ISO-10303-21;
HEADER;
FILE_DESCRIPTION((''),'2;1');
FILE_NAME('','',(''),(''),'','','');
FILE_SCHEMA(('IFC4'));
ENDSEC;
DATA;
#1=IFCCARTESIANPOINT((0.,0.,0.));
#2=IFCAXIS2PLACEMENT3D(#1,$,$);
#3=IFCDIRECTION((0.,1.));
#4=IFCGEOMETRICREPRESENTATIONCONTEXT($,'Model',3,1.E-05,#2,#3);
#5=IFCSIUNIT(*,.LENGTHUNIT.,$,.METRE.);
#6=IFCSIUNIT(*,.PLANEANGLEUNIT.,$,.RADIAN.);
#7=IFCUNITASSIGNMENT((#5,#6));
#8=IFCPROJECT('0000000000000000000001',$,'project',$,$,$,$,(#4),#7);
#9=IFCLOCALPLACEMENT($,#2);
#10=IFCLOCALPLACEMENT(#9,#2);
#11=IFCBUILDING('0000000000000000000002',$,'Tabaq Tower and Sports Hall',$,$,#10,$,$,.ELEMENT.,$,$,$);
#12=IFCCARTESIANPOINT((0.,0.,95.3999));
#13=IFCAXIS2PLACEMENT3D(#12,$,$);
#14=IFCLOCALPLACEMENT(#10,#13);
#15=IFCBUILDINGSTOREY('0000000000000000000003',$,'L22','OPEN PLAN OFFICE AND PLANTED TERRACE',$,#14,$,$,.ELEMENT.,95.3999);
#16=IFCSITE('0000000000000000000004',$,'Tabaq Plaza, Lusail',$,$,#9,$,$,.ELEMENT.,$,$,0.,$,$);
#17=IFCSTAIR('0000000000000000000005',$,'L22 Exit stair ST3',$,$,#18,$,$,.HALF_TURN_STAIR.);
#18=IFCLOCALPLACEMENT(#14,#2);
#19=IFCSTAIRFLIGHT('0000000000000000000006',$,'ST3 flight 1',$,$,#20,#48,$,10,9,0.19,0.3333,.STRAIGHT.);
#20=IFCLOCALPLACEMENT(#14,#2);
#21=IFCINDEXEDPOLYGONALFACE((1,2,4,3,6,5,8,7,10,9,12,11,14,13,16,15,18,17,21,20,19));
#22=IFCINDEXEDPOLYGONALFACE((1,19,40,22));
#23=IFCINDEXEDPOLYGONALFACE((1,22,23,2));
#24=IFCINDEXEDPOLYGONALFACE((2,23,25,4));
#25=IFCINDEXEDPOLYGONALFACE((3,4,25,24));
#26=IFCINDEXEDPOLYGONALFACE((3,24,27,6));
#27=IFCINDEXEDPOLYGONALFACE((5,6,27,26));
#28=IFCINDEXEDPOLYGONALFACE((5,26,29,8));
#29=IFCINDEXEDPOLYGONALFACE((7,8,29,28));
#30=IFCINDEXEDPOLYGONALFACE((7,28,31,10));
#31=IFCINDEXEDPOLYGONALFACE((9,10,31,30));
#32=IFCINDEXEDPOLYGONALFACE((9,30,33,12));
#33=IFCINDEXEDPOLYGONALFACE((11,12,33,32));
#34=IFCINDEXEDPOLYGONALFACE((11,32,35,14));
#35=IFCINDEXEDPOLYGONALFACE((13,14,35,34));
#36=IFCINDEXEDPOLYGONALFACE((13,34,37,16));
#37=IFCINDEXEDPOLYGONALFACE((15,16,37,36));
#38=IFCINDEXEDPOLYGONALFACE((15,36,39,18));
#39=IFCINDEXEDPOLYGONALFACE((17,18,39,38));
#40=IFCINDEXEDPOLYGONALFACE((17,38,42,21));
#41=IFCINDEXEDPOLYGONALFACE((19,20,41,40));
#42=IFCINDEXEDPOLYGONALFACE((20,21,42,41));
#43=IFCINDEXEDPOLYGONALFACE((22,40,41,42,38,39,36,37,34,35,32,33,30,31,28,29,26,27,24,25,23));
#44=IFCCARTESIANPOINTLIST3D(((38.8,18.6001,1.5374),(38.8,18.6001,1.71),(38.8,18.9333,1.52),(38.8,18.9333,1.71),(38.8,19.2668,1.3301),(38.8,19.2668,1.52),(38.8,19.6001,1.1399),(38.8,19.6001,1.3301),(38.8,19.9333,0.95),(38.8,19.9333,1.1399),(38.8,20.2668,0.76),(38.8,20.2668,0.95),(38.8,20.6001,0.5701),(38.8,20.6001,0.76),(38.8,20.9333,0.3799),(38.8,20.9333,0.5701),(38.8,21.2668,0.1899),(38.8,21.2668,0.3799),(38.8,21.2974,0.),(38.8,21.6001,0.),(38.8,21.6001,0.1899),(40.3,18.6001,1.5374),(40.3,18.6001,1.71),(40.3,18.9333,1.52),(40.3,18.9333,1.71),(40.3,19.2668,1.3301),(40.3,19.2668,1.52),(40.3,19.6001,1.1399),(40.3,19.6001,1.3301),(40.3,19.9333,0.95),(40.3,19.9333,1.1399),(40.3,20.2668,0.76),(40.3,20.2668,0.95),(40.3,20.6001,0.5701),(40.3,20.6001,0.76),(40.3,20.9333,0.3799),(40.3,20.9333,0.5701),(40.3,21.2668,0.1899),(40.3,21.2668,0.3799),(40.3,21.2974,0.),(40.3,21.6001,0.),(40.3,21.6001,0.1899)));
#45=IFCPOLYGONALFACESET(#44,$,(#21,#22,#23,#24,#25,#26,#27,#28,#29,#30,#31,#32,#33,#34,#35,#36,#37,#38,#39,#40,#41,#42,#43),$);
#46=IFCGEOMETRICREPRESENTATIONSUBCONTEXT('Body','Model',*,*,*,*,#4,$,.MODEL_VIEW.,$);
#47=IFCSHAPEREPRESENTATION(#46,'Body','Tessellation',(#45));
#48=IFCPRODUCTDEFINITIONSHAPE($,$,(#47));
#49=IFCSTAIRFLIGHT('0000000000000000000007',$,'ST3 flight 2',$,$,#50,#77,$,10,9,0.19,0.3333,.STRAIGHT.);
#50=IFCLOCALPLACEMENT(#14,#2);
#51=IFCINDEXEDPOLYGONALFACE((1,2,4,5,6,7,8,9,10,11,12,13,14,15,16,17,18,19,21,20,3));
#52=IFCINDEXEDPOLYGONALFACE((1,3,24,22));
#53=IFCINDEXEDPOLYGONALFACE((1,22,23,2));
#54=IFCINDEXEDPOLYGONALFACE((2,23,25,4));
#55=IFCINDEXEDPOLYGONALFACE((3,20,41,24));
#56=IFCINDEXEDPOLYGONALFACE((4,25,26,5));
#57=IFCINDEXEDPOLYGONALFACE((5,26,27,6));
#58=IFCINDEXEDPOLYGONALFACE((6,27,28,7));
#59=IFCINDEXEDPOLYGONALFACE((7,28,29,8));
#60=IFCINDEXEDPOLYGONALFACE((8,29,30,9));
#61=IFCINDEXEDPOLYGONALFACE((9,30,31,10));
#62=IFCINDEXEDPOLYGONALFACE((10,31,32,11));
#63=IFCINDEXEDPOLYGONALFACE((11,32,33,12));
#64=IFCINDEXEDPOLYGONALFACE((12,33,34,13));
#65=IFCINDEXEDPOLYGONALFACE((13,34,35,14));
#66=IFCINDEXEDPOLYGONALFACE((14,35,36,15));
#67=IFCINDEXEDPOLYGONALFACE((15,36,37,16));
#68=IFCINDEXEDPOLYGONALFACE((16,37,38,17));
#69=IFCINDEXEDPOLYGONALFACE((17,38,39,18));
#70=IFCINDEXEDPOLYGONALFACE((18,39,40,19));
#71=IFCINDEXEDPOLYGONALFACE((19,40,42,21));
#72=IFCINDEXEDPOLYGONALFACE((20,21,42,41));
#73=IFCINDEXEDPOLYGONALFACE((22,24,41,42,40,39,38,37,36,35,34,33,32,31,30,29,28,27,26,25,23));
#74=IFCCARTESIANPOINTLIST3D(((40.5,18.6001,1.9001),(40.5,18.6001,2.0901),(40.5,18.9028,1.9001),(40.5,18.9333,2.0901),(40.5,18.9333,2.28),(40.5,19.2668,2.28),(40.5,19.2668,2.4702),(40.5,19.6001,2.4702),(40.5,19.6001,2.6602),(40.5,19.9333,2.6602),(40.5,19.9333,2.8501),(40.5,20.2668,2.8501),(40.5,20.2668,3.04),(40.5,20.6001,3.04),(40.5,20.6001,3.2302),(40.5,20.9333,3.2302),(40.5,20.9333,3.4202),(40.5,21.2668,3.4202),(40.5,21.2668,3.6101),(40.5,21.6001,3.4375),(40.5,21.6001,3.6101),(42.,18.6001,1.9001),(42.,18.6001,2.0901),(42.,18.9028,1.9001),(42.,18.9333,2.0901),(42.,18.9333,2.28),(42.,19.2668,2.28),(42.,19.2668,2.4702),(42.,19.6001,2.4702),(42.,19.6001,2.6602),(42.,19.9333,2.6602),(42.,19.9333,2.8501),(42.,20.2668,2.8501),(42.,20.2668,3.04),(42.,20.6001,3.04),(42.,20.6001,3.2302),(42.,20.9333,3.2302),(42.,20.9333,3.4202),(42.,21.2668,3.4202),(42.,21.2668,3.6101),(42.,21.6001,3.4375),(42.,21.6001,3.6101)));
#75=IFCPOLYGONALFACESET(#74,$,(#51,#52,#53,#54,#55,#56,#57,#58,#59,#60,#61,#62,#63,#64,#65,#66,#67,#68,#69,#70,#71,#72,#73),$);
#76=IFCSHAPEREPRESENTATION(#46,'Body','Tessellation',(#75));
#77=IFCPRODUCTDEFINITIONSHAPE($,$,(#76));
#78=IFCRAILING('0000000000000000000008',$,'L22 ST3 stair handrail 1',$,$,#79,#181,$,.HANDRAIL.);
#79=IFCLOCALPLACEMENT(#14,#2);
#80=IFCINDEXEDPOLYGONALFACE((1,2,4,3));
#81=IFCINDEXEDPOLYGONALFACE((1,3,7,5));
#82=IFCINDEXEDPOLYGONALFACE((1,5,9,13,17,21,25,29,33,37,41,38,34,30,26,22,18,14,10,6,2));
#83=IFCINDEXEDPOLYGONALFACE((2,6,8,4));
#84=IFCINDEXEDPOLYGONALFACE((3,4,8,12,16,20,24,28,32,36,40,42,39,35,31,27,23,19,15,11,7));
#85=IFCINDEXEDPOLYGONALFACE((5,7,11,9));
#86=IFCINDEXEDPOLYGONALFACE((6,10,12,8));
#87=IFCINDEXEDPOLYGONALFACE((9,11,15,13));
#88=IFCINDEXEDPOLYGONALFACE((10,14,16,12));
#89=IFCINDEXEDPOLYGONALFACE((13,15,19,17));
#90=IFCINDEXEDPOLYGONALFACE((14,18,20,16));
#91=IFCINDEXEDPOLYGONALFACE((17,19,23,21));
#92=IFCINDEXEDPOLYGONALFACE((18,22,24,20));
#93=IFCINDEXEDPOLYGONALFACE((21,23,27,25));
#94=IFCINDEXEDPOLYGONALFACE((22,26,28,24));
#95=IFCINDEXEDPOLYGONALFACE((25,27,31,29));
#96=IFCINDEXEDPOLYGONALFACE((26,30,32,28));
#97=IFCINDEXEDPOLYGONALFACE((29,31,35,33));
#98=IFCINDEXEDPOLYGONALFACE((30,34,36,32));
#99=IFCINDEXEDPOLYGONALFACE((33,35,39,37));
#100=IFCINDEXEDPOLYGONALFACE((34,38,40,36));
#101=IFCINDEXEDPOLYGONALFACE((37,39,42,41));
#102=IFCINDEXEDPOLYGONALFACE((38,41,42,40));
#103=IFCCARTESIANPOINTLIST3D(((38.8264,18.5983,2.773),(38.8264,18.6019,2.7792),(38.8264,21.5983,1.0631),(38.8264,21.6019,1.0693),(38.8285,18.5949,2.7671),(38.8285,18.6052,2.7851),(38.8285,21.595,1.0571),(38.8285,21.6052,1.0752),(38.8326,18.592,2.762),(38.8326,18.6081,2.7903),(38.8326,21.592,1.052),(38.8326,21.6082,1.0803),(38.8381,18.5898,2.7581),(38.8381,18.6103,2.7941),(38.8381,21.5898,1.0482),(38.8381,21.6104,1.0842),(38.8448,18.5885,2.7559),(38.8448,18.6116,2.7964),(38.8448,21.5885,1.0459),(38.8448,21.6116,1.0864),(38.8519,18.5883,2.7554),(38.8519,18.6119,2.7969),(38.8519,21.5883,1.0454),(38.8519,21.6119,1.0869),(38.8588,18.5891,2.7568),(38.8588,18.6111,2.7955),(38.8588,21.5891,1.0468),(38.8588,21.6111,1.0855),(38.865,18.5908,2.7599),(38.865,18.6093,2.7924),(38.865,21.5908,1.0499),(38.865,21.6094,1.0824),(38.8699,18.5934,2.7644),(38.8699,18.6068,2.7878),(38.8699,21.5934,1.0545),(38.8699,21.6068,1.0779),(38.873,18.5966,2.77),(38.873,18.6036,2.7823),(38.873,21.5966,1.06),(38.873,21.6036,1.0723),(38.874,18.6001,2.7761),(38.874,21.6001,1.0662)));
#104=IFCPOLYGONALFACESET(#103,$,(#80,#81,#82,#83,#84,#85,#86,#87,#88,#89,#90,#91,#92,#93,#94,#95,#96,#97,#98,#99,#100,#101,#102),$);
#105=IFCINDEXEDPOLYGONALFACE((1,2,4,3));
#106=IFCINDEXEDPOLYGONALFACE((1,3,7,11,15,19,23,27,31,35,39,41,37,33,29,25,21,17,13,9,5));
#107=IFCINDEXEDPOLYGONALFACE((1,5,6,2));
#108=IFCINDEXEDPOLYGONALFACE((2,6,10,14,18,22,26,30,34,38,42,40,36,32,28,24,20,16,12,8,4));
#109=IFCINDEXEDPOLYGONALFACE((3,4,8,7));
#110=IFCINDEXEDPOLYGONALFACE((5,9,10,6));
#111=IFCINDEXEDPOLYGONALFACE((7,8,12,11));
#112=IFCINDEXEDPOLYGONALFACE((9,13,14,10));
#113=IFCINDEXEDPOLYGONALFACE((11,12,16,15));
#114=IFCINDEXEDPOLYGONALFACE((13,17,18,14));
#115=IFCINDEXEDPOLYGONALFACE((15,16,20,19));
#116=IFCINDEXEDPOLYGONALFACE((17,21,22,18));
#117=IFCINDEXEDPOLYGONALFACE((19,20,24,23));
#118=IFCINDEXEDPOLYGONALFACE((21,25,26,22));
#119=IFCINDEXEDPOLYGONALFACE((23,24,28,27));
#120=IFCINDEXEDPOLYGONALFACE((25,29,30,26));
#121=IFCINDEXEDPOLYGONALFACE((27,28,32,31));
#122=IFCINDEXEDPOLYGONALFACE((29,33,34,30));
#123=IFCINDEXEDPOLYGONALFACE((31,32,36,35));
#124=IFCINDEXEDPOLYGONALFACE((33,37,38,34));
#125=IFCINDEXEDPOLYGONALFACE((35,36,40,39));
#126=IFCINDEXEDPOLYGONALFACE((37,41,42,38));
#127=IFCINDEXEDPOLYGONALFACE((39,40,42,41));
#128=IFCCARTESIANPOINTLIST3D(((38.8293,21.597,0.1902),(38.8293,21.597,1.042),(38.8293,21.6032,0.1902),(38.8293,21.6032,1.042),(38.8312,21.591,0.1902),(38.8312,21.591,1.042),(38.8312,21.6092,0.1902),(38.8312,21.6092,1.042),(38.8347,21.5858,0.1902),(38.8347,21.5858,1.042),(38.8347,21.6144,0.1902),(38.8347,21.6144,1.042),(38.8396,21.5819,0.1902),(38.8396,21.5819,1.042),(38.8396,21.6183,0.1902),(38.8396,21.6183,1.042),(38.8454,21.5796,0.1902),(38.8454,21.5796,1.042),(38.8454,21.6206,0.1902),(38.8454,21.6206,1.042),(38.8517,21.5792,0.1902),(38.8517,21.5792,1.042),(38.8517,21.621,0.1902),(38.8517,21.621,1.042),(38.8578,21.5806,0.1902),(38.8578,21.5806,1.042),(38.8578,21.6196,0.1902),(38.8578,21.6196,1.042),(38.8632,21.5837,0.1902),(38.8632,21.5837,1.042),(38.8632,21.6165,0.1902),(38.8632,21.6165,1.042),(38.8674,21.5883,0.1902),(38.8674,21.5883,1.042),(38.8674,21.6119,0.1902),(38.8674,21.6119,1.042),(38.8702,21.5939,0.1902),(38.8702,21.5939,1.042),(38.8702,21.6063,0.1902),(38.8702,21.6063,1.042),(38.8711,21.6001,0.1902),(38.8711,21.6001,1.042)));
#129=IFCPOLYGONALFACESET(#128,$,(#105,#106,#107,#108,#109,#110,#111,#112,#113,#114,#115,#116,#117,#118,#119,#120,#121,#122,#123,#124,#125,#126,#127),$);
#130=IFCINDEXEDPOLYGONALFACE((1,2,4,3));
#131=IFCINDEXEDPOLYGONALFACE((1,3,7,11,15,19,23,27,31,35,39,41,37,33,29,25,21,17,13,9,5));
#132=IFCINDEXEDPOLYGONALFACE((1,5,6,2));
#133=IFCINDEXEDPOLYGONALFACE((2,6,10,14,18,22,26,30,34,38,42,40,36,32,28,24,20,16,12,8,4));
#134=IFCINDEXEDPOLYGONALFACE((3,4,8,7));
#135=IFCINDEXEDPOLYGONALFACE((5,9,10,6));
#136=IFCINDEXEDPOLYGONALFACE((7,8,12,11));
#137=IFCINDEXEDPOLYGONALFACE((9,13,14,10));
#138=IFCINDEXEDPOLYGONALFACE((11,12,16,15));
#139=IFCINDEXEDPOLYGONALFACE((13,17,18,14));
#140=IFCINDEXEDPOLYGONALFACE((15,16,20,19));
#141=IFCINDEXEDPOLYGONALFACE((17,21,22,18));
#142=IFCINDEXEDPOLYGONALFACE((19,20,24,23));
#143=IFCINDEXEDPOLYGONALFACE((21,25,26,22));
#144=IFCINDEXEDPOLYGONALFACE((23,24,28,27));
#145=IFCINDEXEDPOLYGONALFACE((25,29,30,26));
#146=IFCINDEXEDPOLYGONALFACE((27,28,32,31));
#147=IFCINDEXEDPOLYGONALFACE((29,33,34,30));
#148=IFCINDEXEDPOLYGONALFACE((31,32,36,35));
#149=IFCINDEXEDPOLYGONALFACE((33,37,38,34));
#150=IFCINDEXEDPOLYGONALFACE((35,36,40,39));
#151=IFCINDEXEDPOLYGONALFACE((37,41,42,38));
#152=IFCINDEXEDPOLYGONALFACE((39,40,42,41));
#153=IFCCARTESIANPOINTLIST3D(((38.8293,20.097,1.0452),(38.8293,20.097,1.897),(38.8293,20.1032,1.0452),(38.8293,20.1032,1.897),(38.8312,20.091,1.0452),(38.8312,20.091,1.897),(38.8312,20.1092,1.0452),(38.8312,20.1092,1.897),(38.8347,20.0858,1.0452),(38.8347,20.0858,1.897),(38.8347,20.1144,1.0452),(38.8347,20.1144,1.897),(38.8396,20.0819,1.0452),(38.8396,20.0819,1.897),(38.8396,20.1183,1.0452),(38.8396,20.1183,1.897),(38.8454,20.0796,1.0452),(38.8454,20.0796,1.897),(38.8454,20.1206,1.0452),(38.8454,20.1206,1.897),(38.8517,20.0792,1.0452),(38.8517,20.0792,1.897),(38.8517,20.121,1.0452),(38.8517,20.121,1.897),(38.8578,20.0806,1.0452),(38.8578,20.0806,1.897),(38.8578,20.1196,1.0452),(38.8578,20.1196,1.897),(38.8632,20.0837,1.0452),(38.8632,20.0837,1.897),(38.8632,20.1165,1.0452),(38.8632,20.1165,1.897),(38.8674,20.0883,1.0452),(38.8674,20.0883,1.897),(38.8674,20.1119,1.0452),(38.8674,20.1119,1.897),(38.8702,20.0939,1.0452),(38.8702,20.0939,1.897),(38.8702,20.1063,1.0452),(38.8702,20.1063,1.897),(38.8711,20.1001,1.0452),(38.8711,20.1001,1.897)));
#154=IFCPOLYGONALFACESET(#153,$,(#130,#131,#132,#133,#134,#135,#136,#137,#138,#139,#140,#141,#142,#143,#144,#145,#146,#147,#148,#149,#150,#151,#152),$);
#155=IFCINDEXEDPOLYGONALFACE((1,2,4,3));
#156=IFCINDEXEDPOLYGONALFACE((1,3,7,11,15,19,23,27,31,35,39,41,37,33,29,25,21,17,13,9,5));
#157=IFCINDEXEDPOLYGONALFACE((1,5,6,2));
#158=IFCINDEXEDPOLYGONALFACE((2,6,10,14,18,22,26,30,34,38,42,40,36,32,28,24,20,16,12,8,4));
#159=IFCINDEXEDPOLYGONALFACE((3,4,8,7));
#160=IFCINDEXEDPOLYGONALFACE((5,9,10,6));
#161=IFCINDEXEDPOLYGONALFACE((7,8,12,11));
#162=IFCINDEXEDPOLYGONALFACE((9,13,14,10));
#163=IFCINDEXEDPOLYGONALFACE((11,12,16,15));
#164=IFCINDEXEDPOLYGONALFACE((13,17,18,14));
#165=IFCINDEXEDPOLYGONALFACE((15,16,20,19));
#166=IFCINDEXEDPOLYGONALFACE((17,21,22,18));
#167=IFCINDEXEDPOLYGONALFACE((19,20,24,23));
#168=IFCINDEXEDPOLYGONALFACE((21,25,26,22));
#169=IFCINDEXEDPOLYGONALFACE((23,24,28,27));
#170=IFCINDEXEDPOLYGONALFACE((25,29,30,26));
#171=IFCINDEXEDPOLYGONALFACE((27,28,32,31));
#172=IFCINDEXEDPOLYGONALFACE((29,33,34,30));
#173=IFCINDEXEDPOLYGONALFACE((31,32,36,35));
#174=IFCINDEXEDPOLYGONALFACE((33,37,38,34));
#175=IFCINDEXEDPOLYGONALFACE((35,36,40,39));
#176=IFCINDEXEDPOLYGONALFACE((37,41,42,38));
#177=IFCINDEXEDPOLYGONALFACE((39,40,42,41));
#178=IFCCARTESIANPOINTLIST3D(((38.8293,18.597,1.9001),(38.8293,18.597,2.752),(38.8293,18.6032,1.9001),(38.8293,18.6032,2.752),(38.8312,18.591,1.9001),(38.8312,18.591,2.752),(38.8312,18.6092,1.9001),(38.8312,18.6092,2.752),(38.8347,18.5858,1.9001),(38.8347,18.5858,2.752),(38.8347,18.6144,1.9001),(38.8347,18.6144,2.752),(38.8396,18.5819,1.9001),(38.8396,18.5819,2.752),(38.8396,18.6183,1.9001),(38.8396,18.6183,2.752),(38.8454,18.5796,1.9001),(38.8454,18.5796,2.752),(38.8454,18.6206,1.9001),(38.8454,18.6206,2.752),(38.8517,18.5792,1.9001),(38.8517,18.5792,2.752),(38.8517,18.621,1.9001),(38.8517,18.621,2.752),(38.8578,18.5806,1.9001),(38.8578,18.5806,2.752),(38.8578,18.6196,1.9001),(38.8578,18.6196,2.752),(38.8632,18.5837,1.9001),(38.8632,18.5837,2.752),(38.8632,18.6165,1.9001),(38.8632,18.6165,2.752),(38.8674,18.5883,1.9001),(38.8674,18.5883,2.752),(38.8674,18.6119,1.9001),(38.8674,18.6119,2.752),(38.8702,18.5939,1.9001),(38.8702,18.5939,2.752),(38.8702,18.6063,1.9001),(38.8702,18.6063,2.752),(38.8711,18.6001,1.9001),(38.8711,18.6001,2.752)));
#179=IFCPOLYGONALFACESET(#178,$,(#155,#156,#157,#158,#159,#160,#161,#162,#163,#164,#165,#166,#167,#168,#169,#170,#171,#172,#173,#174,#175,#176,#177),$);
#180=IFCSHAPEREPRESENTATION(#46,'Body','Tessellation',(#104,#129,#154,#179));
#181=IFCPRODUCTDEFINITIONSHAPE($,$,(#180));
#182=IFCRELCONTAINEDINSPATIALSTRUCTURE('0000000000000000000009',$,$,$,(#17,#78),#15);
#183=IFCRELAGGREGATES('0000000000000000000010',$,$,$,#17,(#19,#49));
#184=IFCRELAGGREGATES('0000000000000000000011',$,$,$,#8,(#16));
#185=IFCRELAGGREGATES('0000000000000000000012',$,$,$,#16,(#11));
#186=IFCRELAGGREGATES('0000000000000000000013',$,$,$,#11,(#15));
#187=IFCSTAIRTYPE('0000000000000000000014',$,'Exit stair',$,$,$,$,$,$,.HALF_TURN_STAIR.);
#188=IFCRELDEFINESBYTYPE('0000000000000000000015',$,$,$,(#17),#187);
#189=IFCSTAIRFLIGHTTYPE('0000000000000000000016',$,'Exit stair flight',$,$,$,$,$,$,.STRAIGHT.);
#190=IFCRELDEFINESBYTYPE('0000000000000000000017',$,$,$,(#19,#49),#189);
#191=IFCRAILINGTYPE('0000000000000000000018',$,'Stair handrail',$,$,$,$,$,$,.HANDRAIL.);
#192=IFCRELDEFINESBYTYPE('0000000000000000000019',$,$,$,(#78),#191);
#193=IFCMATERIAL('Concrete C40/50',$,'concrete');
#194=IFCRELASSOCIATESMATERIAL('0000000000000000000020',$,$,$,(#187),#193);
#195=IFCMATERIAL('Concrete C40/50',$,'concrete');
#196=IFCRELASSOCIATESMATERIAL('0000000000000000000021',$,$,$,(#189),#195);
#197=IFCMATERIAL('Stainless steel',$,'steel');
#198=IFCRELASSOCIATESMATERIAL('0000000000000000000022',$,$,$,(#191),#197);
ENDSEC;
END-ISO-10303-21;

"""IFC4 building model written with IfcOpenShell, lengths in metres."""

from ifc_helpers import new_model, si_unit, direction, frame, origin, origin_2d, place, context, subcontext, project, spatial, polyline, circle, outline, extrude, material, type_object, element, aggregate, save


model = new_model("IFC4")

# Units and contexts
model_context = context("Model", 3, precision=1e-05, world=origin(), true_north=direction((0.0, 1.0)))
body_context = subcontext(model_context, "Body", "Model", "MODEL_VIEW")
ifc_project = project(units=[si_unit("LENGTHUNIT", "METRE"), si_unit("PLANEANGLEUNIT", "RADIAN")], contexts=[model_context])

# Site, building, storey
site_placement = place(None, origin())
site = spatial("IfcSite", under=ifc_project, at=site_placement, Name="Tabaq Plaza, Lusail", CompositionType="ELEMENT", RefElevation=0.0)
building_placement = place(site_placement, origin())
building = spatial("IfcBuilding", under=site, at=building_placement, Name="Tabaq Tower and Sports Hall", CompositionType="ELEMENT")
storey_placement = place(building_placement, frame((0.0, 0.0, 95.3999)))
storey = spatial("IfcBuildingStorey", under=building, at=storey_placement, Name="L22", Description="OPEN PLAN OFFICE AND PLANTED TERRACE", CompositionType="ELEMENT", Elevation=95.3999)

# Stair, stair flights
ifc_material_1 = material(Name="Concrete C40/50", Category="concrete")
stair_type = type_object("IfcStairType", Name="Exit stair", PredefinedType="HALF_TURN_STAIR", material=ifc_material_1)
stair_placement = place(storey_placement, origin())
stair = element("IfcStair", 1, at=stair_placement, inside=storey, type_object=stair_type, Name="L22 Exit stair ST3", PredefinedType="HALF_TURN_STAIR")
ifc_material_2 = material(Name="Concrete C40/50", Category="concrete")
stair_flight_type = type_object("IfcStairFlightType", Name="Exit stair flight", PredefinedType="STRAIGHT", material=ifc_material_2)
stair_flight_1_placement = place(storey_placement, frame((39.55, 21.6001, 0.0), z_axis=(0.0, 0.0, 1.0), x_axis=(0.0, -1.0, 0.0)))
stair_flight_1 = element("IfcStairFlight", 2, at=stair_flight_1_placement, type_object=stair_flight_type, Name="ST3 flight 1", NumberOfRisers=10, NumberOfTreads=9, PredefinedType="STRAIGHT", RiserHeight=0.19, TreadLength=0.3333, context=body_context, shape_type="SweptSolid", body=[
    extrude(outline(polyline([(0.0, 0.0), (0.0, 0.1899), (0.3333, 0.1899), (0.3333, 0.3799), (0.6667, 0.3799), (0.6667, 0.5701), (1.0, 0.5701), (1.0, 0.76), (1.3333, 0.76), (1.3333, 0.95), (1.6667, 0.95), (1.6667, 1.1399), (2.0, 1.1399), (2.0, 1.3301), (2.3333, 1.3301), (2.3333, 1.52), (2.6667, 1.52), (2.6667, 1.71), (3.0, 1.71), (3.0, 1.8999), (3.0, 1.5374), (0.3027, 0.0), (0.0, 0.0)])), frame((0.0, 0.75, 0.0), z_axis=(0.0, -1.0, 0.0), x_axis=(1.0, 0.0, 0.0)), (0.0, 0.0, 1.0), 1.5),
])
stair_flight_2_placement = place(storey_placement, frame((41.25, 18.6001, 1.9001), z_axis=(0.0, 0.0, 1.0), x_axis=(0.0, 1.0, 0.0)))
stair_flight_2 = element("IfcStairFlight", 3, at=stair_flight_2_placement, type_object=stair_flight_type, Name="ST3 flight 2", NumberOfRisers=10, NumberOfTreads=9, PredefinedType="STRAIGHT", RiserHeight=0.19, TreadLength=0.3333, context=body_context, shape_type="SweptSolid", body=[
    extrude(outline(polyline([(0.0, 0.0), (0.0, 0.1899), (0.3333, 0.1899), (0.3333, 0.3799), (0.6667, 0.3799), (0.6667, 0.5701), (1.0, 0.5701), (1.0, 0.76), (1.3333, 0.76), (1.3333, 0.95), (1.6667, 0.95), (1.6667, 1.1399), (2.0, 1.1399), (2.0, 1.3301), (2.3333, 1.3301), (2.3333, 1.52), (2.6667, 1.52), (2.6667, 1.71), (3.0, 1.71), (3.0, 1.8999), (3.0, 1.5374), (0.3027, 0.0), (0.0, 0.0)])), frame((0.0, 0.75, 0.0), z_axis=(0.0, -1.0, 0.0), x_axis=(1.0, 0.0, 0.0)), (0.0, 0.0, 1.0), 1.5),
])
aggregate(stair, [stair_flight_1, stair_flight_2])

# Railing
ifc_material_3 = material(Name="Stainless steel", Category="steel")
railing_type_1 = type_object("IfcRailingType", Name="Stair handrail", PredefinedType="HANDRAIL", material=ifc_material_3)
railing_1_placement = place(storey_placement, frame((38.8501, 21.6001, 0.1902)))
element("IfcRailing", 4, at=railing_1_placement, inside=storey, type_object=railing_type_1, Name="L22 ST3 stair handrail 1", PredefinedType="HANDRAIL", context=body_context, shape_type="SweptSolid", body=[
    extrude(circle(Radius=0.0239, at=origin_2d()), frame((0.0, 0.0, 0.876), z_axis=(0.0, -0.868782, 0.495195), x_axis=(1.0, 0.0, 0.0)), (0.0, 0.0, 1.0), 3.4531),
    extrude(circle(Radius=0.021, at=origin_2d()), origin(), (0.0, 0.0, 1.0), 0.8518),
    extrude(circle(Radius=0.021, at=origin_2d()), frame((0.0, -1.5, 0.855)), (0.0, 0.0, 1.0), 0.8518),
    extrude(circle(Radius=0.021, at=origin_2d()), frame((0.0, -3.0, 1.71)), (0.0, 0.0, 1.0), 0.8518),
])

save(model, "model.ifc")
